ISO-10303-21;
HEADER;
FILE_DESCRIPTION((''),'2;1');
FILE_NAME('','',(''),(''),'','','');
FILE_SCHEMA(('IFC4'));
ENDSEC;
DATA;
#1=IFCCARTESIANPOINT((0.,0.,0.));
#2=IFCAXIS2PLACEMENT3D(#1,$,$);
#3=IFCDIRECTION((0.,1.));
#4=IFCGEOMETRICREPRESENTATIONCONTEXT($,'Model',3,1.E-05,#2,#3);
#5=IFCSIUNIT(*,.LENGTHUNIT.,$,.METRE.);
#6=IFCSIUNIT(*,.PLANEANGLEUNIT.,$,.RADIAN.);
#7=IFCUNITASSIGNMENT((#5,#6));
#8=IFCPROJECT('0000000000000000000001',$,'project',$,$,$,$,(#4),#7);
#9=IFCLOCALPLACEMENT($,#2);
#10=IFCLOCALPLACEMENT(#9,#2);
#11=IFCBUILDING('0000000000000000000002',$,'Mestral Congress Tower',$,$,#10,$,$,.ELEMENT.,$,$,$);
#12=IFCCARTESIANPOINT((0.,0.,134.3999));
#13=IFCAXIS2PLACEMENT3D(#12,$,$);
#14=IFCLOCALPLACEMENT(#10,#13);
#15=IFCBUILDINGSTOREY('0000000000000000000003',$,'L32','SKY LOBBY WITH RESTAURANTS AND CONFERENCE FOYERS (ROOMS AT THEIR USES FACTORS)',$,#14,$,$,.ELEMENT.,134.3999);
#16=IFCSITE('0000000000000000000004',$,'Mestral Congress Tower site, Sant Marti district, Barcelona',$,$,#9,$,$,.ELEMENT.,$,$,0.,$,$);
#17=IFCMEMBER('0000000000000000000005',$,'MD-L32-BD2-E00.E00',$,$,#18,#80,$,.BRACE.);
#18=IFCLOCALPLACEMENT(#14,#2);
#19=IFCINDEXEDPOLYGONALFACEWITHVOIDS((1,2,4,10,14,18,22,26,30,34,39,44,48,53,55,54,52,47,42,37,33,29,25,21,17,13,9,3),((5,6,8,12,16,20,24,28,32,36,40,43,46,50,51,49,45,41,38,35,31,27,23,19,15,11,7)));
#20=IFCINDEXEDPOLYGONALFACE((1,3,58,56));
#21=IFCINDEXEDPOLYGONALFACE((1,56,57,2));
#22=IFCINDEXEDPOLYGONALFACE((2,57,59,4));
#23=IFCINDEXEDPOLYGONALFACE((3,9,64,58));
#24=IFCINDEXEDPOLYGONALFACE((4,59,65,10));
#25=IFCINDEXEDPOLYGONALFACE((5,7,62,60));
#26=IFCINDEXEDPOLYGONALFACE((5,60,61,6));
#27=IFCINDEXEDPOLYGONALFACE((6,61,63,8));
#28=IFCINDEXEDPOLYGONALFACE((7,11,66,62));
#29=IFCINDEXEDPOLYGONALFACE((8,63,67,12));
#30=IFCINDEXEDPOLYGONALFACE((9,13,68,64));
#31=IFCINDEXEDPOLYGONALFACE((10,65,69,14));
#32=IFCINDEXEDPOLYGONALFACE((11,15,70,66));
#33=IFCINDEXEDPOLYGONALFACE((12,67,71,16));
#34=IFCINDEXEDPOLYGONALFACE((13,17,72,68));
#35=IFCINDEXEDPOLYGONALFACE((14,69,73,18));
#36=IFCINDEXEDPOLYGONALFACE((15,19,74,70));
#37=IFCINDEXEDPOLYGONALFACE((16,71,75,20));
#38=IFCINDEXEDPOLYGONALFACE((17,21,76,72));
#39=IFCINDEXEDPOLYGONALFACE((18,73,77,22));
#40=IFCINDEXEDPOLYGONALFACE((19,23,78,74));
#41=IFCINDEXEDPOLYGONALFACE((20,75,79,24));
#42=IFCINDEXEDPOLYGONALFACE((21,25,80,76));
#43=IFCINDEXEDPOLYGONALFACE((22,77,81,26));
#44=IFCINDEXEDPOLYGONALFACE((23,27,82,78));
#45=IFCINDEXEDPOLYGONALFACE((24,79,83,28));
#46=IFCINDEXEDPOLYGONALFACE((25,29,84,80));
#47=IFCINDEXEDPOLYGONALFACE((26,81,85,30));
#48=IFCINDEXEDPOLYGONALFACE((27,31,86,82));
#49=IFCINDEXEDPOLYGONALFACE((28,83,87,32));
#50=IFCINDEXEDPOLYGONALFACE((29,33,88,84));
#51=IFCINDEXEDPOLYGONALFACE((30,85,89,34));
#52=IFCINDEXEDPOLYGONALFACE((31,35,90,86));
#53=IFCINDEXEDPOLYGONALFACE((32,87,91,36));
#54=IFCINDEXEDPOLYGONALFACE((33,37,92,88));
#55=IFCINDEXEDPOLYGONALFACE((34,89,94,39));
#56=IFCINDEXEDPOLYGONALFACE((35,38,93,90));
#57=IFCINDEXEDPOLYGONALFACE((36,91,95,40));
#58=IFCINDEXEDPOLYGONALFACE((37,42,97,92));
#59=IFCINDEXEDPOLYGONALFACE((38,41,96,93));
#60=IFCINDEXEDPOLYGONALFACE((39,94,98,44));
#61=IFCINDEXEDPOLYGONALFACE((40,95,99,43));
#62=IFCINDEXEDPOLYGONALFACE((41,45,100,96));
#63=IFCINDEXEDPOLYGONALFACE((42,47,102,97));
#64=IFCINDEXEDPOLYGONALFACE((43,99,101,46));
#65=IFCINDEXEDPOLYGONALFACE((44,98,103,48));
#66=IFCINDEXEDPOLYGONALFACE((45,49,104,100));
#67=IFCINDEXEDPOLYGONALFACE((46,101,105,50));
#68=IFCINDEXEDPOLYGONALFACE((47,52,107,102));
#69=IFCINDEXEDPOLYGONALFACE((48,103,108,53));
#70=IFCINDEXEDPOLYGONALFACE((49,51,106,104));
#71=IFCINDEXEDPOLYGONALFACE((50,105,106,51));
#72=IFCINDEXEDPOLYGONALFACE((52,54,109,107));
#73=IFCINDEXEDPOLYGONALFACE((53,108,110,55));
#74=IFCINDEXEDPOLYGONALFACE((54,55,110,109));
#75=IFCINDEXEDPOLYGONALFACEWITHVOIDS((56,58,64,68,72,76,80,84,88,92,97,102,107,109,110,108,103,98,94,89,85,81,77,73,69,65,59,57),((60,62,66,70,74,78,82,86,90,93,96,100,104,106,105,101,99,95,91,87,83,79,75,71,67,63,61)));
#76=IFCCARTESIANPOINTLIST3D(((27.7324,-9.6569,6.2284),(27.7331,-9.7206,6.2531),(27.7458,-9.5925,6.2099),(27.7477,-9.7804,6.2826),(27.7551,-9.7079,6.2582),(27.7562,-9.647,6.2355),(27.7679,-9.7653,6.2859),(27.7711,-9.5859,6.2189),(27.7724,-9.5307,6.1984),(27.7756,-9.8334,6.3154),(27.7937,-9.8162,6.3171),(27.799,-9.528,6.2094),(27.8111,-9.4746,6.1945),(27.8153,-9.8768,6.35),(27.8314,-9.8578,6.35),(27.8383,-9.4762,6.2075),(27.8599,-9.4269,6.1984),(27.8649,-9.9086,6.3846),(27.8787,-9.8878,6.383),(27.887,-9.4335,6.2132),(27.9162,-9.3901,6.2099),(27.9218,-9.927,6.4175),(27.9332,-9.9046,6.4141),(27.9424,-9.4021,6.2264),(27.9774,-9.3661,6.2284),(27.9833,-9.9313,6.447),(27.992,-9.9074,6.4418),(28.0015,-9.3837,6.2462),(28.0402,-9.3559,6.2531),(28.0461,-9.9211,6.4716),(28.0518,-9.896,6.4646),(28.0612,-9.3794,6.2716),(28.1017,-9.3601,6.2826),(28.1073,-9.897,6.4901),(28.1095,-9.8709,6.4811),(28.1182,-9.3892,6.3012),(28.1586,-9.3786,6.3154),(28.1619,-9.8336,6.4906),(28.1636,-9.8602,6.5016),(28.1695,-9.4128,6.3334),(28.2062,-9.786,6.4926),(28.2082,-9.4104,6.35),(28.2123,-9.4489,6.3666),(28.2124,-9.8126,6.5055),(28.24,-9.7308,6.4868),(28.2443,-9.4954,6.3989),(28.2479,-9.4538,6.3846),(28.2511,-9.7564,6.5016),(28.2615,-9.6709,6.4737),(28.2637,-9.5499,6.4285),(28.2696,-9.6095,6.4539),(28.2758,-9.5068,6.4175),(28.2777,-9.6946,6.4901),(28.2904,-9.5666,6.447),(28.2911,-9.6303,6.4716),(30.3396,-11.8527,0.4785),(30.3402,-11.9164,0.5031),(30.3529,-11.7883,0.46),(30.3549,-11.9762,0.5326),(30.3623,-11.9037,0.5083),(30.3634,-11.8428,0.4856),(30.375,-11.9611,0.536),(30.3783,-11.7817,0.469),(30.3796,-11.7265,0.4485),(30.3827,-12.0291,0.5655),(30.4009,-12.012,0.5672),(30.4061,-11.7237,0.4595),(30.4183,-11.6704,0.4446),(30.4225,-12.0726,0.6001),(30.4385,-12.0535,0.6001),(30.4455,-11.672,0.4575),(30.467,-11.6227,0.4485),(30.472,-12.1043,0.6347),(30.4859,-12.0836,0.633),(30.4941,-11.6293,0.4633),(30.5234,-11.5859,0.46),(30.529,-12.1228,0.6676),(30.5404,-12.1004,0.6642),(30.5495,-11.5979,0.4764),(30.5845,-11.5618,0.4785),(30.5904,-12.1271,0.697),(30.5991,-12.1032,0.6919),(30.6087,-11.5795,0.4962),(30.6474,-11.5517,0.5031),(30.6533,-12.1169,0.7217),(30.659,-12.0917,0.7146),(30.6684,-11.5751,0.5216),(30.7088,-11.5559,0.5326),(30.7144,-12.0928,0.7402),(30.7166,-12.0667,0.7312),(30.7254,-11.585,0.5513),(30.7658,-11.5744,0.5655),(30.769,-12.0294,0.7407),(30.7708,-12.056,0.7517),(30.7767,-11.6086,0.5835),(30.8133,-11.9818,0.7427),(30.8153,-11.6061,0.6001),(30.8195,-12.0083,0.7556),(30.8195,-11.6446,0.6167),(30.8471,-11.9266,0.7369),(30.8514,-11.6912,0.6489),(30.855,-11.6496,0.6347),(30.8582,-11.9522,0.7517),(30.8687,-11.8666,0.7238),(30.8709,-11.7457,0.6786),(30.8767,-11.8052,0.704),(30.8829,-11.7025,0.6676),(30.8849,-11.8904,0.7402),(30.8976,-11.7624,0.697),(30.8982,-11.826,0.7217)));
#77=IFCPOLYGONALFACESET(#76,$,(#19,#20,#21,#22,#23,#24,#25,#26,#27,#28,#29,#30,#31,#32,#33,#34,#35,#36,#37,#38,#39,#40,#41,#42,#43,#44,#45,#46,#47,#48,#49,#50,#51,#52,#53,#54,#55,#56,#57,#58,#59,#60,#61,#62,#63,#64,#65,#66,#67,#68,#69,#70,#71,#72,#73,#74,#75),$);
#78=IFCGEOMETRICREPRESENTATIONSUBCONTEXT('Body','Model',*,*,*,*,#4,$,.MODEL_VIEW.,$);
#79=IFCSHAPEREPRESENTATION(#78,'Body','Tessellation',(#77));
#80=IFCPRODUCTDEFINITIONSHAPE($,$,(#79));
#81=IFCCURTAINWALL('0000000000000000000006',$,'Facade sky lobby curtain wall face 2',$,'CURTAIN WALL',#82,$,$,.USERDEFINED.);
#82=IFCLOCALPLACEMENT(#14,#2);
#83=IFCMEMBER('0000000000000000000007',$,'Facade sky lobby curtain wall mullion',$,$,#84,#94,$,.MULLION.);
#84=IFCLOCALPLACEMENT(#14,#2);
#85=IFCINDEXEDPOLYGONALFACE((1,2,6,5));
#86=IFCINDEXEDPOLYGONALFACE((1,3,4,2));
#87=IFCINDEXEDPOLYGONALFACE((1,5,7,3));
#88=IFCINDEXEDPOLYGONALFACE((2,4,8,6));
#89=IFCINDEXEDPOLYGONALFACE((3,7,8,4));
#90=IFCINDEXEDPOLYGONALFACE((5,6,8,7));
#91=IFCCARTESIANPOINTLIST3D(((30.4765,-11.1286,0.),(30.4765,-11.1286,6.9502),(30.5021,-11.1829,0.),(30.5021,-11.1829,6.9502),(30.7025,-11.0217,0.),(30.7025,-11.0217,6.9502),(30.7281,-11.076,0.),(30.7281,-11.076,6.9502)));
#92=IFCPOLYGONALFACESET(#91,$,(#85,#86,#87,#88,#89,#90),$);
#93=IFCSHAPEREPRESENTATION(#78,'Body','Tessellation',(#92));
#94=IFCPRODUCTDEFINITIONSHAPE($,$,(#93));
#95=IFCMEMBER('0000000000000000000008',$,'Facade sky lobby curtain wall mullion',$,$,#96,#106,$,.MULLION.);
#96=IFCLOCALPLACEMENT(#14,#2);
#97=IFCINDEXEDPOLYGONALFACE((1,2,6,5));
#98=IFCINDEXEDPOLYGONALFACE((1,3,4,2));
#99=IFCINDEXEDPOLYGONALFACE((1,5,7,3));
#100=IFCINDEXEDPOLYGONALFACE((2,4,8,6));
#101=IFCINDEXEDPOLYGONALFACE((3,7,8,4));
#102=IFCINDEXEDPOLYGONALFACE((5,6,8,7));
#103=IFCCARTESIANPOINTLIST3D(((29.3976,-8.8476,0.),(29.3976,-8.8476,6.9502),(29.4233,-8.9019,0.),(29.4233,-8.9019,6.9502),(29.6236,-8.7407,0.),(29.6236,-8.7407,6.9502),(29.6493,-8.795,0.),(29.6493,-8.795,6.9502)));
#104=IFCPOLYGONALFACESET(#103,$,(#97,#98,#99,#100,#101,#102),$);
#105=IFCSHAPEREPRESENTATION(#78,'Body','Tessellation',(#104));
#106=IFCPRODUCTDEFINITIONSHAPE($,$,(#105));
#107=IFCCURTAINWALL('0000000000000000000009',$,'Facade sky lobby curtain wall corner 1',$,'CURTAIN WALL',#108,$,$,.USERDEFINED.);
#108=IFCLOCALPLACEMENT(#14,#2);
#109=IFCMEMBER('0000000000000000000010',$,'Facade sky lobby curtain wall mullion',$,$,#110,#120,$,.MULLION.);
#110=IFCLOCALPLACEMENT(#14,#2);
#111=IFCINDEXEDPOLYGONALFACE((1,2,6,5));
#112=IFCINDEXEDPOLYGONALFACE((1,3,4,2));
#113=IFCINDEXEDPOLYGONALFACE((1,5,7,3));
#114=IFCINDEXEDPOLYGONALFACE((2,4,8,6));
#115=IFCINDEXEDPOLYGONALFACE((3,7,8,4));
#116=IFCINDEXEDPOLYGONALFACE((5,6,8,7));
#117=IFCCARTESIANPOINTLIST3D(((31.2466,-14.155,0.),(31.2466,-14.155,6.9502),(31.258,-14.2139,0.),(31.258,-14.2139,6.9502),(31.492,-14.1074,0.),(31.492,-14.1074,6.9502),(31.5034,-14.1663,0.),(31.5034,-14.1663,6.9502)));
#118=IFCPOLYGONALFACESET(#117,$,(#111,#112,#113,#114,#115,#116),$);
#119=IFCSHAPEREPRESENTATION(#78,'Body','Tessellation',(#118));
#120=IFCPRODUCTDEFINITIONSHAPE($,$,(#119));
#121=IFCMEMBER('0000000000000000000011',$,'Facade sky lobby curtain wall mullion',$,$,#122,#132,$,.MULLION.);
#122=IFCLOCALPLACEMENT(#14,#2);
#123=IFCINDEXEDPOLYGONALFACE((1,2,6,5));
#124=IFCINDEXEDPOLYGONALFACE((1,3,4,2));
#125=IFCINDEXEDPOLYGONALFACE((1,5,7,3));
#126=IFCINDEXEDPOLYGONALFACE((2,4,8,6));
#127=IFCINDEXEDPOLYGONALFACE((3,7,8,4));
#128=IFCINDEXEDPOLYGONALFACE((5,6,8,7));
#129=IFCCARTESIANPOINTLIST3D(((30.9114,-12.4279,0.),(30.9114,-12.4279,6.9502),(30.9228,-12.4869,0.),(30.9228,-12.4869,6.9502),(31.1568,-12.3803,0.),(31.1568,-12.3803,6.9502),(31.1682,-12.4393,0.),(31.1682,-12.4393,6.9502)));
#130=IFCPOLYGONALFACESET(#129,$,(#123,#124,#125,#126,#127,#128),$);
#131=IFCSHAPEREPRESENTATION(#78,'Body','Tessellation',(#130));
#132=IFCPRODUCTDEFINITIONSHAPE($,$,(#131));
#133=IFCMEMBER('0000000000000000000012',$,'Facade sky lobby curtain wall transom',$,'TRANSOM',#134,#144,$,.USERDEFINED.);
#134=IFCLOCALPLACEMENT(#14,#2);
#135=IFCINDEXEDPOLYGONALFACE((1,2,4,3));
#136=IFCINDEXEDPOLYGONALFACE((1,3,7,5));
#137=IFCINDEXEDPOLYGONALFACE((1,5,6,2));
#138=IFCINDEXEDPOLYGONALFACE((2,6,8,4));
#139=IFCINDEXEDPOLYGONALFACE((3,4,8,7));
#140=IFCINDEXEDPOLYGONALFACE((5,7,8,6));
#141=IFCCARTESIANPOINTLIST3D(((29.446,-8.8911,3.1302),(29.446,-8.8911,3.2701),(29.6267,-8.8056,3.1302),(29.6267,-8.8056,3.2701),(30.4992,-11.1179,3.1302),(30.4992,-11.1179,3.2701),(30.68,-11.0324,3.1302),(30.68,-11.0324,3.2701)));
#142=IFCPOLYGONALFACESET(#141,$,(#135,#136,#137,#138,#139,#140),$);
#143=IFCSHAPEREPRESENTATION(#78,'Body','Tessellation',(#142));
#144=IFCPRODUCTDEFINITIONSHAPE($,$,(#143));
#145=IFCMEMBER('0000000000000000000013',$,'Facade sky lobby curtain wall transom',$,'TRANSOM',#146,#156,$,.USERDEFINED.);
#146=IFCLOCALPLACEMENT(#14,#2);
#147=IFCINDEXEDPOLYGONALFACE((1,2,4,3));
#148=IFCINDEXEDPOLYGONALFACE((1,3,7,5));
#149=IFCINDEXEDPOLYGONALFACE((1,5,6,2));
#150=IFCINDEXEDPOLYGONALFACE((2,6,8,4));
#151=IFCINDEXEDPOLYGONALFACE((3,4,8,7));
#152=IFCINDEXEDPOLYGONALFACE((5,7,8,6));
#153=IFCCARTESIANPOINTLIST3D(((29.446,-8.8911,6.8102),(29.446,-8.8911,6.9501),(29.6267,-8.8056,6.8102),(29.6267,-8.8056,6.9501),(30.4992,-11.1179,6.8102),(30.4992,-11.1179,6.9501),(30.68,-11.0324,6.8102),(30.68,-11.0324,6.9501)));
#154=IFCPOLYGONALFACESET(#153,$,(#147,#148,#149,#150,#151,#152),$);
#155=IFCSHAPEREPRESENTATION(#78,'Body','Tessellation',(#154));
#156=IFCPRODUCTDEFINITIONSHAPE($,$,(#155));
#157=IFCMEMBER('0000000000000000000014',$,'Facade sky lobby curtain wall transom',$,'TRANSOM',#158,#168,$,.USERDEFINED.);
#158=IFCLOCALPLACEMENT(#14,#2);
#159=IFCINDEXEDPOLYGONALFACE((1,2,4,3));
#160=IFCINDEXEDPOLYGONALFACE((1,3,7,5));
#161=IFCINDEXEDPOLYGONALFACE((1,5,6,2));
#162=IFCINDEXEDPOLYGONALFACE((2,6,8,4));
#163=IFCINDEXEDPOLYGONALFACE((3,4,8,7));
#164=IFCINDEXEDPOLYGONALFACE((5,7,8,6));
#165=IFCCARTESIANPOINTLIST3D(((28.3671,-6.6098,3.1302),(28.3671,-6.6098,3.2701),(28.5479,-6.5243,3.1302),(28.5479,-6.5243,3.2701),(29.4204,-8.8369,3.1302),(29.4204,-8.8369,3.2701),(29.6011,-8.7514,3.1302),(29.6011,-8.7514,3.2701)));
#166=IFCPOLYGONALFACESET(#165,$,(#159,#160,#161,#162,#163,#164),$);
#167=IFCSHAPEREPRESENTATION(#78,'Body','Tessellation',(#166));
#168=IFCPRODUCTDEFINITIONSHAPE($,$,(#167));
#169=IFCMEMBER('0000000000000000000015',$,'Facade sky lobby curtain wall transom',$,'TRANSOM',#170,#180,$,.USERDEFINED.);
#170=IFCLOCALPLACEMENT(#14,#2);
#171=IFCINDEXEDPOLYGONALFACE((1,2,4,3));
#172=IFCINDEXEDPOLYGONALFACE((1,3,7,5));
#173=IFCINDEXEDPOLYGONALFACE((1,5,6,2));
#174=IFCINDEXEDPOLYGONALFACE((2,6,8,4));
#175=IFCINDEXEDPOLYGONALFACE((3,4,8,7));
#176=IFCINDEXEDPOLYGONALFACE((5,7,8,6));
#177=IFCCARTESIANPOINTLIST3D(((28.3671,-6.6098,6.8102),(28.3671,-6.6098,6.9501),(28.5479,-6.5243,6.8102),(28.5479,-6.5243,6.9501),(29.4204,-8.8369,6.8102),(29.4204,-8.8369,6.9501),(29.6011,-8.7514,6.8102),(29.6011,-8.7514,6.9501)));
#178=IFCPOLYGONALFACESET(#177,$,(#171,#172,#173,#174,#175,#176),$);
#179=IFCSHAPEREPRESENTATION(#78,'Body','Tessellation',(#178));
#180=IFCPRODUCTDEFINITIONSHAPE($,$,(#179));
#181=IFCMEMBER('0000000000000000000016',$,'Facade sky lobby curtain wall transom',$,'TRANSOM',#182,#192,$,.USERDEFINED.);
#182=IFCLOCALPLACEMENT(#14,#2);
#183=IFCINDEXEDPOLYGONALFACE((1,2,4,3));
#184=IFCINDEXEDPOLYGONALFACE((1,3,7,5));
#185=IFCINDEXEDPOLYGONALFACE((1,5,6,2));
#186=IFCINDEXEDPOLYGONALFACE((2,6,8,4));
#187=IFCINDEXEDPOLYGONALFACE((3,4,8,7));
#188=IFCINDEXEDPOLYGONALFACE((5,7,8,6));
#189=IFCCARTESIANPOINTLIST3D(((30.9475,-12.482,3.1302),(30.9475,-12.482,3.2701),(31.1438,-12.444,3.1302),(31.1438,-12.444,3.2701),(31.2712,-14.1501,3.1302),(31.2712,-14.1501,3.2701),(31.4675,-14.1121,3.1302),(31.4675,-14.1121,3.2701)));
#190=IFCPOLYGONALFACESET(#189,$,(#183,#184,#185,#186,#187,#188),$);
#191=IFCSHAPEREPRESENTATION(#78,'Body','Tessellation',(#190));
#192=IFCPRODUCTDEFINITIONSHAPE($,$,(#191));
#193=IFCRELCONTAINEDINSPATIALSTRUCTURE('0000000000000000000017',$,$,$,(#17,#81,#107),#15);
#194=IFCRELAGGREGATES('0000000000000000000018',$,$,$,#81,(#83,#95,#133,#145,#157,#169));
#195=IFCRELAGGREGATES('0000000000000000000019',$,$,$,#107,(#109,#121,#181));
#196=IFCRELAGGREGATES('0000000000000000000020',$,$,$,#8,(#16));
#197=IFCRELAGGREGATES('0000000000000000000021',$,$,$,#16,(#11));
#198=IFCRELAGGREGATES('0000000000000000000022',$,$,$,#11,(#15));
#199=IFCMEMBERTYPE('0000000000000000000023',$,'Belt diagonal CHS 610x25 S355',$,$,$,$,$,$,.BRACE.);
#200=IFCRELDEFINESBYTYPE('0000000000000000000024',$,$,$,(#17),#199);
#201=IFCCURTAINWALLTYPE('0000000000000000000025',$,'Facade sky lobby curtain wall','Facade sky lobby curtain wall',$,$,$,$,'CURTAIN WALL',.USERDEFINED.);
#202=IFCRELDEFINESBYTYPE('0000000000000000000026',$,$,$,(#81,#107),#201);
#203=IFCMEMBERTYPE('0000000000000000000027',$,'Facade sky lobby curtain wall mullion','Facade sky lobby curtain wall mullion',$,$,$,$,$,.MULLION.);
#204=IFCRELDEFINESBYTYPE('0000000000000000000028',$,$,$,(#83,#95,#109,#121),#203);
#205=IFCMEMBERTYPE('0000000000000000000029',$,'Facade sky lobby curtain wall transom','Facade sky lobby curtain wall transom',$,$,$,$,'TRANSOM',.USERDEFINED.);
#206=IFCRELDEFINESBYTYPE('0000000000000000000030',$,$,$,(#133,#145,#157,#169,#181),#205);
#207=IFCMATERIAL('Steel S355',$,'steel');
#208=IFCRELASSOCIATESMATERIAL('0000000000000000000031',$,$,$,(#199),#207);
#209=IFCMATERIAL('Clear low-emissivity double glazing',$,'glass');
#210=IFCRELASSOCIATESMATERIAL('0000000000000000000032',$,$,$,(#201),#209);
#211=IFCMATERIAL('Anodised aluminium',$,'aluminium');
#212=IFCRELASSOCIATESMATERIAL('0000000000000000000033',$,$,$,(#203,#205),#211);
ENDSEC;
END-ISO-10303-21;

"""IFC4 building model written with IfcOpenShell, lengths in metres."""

from ifc_helpers import new_model, si_unit, direction, frame, origin, origin_2d, place, context, subcontext, project, spatial, rectangle, hollow_circle, extrude, material, material_profile, profile_set, type_object, element, aggregate, save


model = new_model("IFC4")

# Units and contexts
model_context = context("Model", 3, precision=1e-05, world=origin(), true_north=direction((0.0, 1.0)))
body_context = subcontext(model_context, "Body", "Model", "MODEL_VIEW")
ifc_project = project(units=[si_unit("LENGTHUNIT", "METRE"), si_unit("PLANEANGLEUNIT", "RADIAN")], contexts=[model_context])

# Site, building, storey
site_placement = place(None, origin())
site = spatial("IfcSite", under=ifc_project, at=site_placement, Name="Mestral Congress Tower site, Sant Marti district, Barcelona", CompositionType="ELEMENT", RefElevation=0.0)
building_placement = place(site_placement, origin())
building = spatial("IfcBuilding", under=site, at=building_placement, Name="Mestral Congress Tower", CompositionType="ELEMENT")
storey_placement = place(building_placement, frame((0.0, 0.0, 134.3999)))
storey = spatial("IfcBuildingStorey", under=building, at=storey_placement, Name="L32", Description="SKY LOBBY WITH RESTAURANTS AND CONFERENCE FOYERS (ROOMS AT THEIR USES FACTORS)", CompositionType="ELEMENT", Elevation=134.3999)

# Member
ifc_material_1 = material(Name="Steel S355", Category="steel")
ifc_material_profile_1 = material_profile(ifc_material_1, hollow_circle(Radius=0.3049, WallThickness=0.0249, at=origin_2d()), Name="CHS 610x25")
ifc_profile_set_1 = profile_set([ifc_material_profile_1], Name="Steel S355")
member_type_1 = type_object("IfcMemberType", Name="Belt diagonal CHS 610x25 S355", PredefinedType="BRACE", material=ifc_profile_set_1)
member_1_placement = place(storey_placement, frame((30.6189, -11.8394, 0.6001), z_axis=(-0.390038, 0.328496, 0.86021), x_axis=(-0.644184, -0.76487, 0.0)))
element("IfcMember", 1, at=member_1_placement, inside=storey, type_object=member_type_1, Name="MD-L32-BD2-E00.E00", PredefinedType="BRACE", context=body_context, shape_type="SweptSolid", body=[
    extrude(hollow_circle(Radius=0.3049, WallThickness=0.0249, at=origin_2d()), origin(), (0.0, 0.0, 1.0), 6.6843),
])

# Curtain walls, members
ifc_material_2 = material(Name="Clear low-emissivity double glazing", Category="glass")
curtain_wall_type = type_object("IfcCurtainWallType", Name="Facade sky lobby curtain wall", Description="Facade sky lobby curtain wall", ElementType="CURTAIN WALL", PredefinedType="USERDEFINED", material=ifc_material_2)
placement = place(storey_placement, origin())
curtain_wall_1 = element("IfcCurtainWall", 2, at=placement, inside=storey, type_object=curtain_wall_type, Name="Facade sky lobby curtain wall face 2", ObjectType="CURTAIN WALL", PredefinedType="USERDEFINED")
ifc_material_3 = material(Name="Anodised aluminium", Category="aluminium")
ifc_material_profile_2 = material_profile(ifc_material_3, rectangle(XDim=0.25, YDim=0.0601, at=origin_2d()), Name="CW1 mullion 250 x 60")
ifc_profile_set_2 = profile_set([ifc_material_profile_2], Name="Anodised aluminium")
member_type_2 = type_object("IfcMemberType", Name="Facade sky lobby curtain wall mullion", Description="Facade sky lobby curtain wall mullion", PredefinedType="MULLION", material=ifc_profile_set_2)
member_2_placement = place(storey_placement, frame((30.6023, -11.1023, 0.0), z_axis=(0.0, 0.0, 1.0), x_axis=(0.904006, 0.42752, 0.0)))
member_2 = element("IfcMember", 3, at=member_2_placement, type_object=member_type_2, Name="Facade sky lobby curtain wall mullion", PredefinedType="MULLION", context=body_context, shape_type="SweptSolid", body=[
    extrude(rectangle(XDim=0.25, YDim=0.0601, at=origin_2d()), origin(), (0.0, 0.0, 1.0), 6.9502),
])
member_3_placement = place(storey_placement, frame((29.5234, -8.8213, 0.0), z_axis=(0.0, 0.0, 1.0), x_axis=(0.904006, 0.42752, 0.0)))
member_3 = element("IfcMember", 4, at=member_3_placement, type_object=member_type_2, Name="Facade sky lobby curtain wall mullion", PredefinedType="MULLION", context=body_context, shape_type="SweptSolid", body=[
    extrude(rectangle(XDim=0.25, YDim=0.0601, at=origin_2d()), origin(), (0.0, 0.0, 1.0), 6.9502),
])
curtain_wall_2 = element("IfcCurtainWall", 5, at=placement, inside=storey, type_object=curtain_wall_type, Name="Facade sky lobby curtain wall corner 1", ObjectType="CURTAIN WALL", PredefinedType="USERDEFINED")
member_4_placement = place(storey_placement, frame((31.375, -14.1606, 0.0), z_axis=(0.0, 0.0, 1.0), x_axis=(0.981692, 0.190477, 0.0)))
member_4 = element("IfcMember", 6, at=member_4_placement, type_object=member_type_2, Name="Facade sky lobby curtain wall mullion", PredefinedType="MULLION", context=body_context, shape_type="SweptSolid", body=[
    extrude(rectangle(XDim=0.25, YDim=0.0601, at=origin_2d()), origin(), (0.0, 0.0, 1.0), 6.9502),
])
member_5_placement = place(storey_placement, frame((31.0398, -12.4336, 0.0), z_axis=(0.0, 0.0, 1.0), x_axis=(0.981692, 0.190477, 0.0)))
member_5 = element("IfcMember", 7, at=member_5_placement, type_object=member_type_2, Name="Facade sky lobby curtain wall mullion", PredefinedType="MULLION", context=body_context, shape_type="SweptSolid", body=[
    extrude(rectangle(XDim=0.25, YDim=0.0601, at=origin_2d()), origin(), (0.0, 0.0, 1.0), 6.9502),
])

# Members
ifc_material_profile_3 = material_profile(ifc_material_3, rectangle(XDim=0.2, YDim=0.1399, at=origin_2d()), Name="CW1 transom 200 x 140")
ifc_profile_set_3 = profile_set([ifc_material_profile_3], Name="Anodised aluminium")
member_type_3 = type_object("IfcMemberType", Name="Facade sky lobby curtain wall transom", Description="Facade sky lobby curtain wall transom", ElementType="TRANSOM", PredefinedType="USERDEFINED", material=ifc_profile_set_3)
member_6_placement = place(storey_placement, frame((30.5896, -11.0752, 3.2002), z_axis=(-0.427562, 0.903986, 0.0), x_axis=(-0.903986, -0.427562, 0.0)))
member_6 = element("IfcMember", 8, at=member_6_placement, type_object=member_type_3, Name="Facade sky lobby curtain wall transom", ObjectType="TRANSOM", PredefinedType="USERDEFINED", context=body_context, shape_type="SweptSolid", body=[
    extrude(rectangle(XDim=0.2, YDim=0.1399, at=origin_2d()), origin(), (0.0, 0.0, 1.0), 2.4634),
])
member_7_placement = place(storey_placement, frame((30.5896, -11.0752, 6.8801), z_axis=(-0.427562, 0.903986, 0.0), x_axis=(-0.903986, -0.427562, 0.0)))
member_7 = element("IfcMember", 9, at=member_7_placement, type_object=member_type_3, Name="Facade sky lobby curtain wall transom", ObjectType="TRANSOM", PredefinedType="USERDEFINED", context=body_context, shape_type="SweptSolid", body=[
    extrude(rectangle(XDim=0.2, YDim=0.1399, at=origin_2d()), origin(), (0.0, 0.0, 1.0), 2.4634),
])
member_8_placement = place(storey_placement, frame((29.5107, -8.7942, 3.2002), z_axis=(-0.427524, 0.904004, 0.0), x_axis=(-0.904004, -0.427524, 0.0)))
member_8 = element("IfcMember", 10, at=member_8_placement, type_object=member_type_3, Name="Facade sky lobby curtain wall transom", ObjectType="TRANSOM", PredefinedType="USERDEFINED", context=body_context, shape_type="SweptSolid", body=[
    extrude(rectangle(XDim=0.2, YDim=0.1399, at=origin_2d()), origin(), (0.0, 0.0, 1.0), 2.4636),
])
member_9_placement = place(storey_placement, frame((29.5107, -8.7942, 6.8801), z_axis=(-0.427524, 0.904004, 0.0), x_axis=(-0.904004, -0.427524, 0.0)))
member_9 = element("IfcMember", 11, at=member_9_placement, type_object=member_type_3, Name="Facade sky lobby curtain wall transom", ObjectType="TRANSOM", PredefinedType="USERDEFINED", context=body_context, shape_type="SweptSolid", body=[
    extrude(rectangle(XDim=0.2, YDim=0.1399, at=origin_2d()), origin(), (0.0, 0.0, 1.0), 2.4636),
])
member_10_placement = place(storey_placement, frame((31.3694, -14.1311, 3.2002), z_axis=(-0.190504, 0.981686, 0.0), x_axis=(-0.981686, -0.190504, 0.0)))
member_10 = element("IfcMember", 12, at=member_10_placement, type_object=member_type_3, Name="Facade sky lobby curtain wall transom", ObjectType="TRANSOM", PredefinedType="USERDEFINED", context=body_context, shape_type="SweptSolid", body=[
    extrude(rectangle(XDim=0.2, YDim=0.1399, at=origin_2d()), origin(), (0.0, 0.0, 1.0), 1.6992),
])

aggregate(curtain_wall_1, [member_2, member_3, member_6, member_7, member_8, member_9])
aggregate(curtain_wall_2, [member_4, member_5, member_10])

save(model, "model.ifc")
